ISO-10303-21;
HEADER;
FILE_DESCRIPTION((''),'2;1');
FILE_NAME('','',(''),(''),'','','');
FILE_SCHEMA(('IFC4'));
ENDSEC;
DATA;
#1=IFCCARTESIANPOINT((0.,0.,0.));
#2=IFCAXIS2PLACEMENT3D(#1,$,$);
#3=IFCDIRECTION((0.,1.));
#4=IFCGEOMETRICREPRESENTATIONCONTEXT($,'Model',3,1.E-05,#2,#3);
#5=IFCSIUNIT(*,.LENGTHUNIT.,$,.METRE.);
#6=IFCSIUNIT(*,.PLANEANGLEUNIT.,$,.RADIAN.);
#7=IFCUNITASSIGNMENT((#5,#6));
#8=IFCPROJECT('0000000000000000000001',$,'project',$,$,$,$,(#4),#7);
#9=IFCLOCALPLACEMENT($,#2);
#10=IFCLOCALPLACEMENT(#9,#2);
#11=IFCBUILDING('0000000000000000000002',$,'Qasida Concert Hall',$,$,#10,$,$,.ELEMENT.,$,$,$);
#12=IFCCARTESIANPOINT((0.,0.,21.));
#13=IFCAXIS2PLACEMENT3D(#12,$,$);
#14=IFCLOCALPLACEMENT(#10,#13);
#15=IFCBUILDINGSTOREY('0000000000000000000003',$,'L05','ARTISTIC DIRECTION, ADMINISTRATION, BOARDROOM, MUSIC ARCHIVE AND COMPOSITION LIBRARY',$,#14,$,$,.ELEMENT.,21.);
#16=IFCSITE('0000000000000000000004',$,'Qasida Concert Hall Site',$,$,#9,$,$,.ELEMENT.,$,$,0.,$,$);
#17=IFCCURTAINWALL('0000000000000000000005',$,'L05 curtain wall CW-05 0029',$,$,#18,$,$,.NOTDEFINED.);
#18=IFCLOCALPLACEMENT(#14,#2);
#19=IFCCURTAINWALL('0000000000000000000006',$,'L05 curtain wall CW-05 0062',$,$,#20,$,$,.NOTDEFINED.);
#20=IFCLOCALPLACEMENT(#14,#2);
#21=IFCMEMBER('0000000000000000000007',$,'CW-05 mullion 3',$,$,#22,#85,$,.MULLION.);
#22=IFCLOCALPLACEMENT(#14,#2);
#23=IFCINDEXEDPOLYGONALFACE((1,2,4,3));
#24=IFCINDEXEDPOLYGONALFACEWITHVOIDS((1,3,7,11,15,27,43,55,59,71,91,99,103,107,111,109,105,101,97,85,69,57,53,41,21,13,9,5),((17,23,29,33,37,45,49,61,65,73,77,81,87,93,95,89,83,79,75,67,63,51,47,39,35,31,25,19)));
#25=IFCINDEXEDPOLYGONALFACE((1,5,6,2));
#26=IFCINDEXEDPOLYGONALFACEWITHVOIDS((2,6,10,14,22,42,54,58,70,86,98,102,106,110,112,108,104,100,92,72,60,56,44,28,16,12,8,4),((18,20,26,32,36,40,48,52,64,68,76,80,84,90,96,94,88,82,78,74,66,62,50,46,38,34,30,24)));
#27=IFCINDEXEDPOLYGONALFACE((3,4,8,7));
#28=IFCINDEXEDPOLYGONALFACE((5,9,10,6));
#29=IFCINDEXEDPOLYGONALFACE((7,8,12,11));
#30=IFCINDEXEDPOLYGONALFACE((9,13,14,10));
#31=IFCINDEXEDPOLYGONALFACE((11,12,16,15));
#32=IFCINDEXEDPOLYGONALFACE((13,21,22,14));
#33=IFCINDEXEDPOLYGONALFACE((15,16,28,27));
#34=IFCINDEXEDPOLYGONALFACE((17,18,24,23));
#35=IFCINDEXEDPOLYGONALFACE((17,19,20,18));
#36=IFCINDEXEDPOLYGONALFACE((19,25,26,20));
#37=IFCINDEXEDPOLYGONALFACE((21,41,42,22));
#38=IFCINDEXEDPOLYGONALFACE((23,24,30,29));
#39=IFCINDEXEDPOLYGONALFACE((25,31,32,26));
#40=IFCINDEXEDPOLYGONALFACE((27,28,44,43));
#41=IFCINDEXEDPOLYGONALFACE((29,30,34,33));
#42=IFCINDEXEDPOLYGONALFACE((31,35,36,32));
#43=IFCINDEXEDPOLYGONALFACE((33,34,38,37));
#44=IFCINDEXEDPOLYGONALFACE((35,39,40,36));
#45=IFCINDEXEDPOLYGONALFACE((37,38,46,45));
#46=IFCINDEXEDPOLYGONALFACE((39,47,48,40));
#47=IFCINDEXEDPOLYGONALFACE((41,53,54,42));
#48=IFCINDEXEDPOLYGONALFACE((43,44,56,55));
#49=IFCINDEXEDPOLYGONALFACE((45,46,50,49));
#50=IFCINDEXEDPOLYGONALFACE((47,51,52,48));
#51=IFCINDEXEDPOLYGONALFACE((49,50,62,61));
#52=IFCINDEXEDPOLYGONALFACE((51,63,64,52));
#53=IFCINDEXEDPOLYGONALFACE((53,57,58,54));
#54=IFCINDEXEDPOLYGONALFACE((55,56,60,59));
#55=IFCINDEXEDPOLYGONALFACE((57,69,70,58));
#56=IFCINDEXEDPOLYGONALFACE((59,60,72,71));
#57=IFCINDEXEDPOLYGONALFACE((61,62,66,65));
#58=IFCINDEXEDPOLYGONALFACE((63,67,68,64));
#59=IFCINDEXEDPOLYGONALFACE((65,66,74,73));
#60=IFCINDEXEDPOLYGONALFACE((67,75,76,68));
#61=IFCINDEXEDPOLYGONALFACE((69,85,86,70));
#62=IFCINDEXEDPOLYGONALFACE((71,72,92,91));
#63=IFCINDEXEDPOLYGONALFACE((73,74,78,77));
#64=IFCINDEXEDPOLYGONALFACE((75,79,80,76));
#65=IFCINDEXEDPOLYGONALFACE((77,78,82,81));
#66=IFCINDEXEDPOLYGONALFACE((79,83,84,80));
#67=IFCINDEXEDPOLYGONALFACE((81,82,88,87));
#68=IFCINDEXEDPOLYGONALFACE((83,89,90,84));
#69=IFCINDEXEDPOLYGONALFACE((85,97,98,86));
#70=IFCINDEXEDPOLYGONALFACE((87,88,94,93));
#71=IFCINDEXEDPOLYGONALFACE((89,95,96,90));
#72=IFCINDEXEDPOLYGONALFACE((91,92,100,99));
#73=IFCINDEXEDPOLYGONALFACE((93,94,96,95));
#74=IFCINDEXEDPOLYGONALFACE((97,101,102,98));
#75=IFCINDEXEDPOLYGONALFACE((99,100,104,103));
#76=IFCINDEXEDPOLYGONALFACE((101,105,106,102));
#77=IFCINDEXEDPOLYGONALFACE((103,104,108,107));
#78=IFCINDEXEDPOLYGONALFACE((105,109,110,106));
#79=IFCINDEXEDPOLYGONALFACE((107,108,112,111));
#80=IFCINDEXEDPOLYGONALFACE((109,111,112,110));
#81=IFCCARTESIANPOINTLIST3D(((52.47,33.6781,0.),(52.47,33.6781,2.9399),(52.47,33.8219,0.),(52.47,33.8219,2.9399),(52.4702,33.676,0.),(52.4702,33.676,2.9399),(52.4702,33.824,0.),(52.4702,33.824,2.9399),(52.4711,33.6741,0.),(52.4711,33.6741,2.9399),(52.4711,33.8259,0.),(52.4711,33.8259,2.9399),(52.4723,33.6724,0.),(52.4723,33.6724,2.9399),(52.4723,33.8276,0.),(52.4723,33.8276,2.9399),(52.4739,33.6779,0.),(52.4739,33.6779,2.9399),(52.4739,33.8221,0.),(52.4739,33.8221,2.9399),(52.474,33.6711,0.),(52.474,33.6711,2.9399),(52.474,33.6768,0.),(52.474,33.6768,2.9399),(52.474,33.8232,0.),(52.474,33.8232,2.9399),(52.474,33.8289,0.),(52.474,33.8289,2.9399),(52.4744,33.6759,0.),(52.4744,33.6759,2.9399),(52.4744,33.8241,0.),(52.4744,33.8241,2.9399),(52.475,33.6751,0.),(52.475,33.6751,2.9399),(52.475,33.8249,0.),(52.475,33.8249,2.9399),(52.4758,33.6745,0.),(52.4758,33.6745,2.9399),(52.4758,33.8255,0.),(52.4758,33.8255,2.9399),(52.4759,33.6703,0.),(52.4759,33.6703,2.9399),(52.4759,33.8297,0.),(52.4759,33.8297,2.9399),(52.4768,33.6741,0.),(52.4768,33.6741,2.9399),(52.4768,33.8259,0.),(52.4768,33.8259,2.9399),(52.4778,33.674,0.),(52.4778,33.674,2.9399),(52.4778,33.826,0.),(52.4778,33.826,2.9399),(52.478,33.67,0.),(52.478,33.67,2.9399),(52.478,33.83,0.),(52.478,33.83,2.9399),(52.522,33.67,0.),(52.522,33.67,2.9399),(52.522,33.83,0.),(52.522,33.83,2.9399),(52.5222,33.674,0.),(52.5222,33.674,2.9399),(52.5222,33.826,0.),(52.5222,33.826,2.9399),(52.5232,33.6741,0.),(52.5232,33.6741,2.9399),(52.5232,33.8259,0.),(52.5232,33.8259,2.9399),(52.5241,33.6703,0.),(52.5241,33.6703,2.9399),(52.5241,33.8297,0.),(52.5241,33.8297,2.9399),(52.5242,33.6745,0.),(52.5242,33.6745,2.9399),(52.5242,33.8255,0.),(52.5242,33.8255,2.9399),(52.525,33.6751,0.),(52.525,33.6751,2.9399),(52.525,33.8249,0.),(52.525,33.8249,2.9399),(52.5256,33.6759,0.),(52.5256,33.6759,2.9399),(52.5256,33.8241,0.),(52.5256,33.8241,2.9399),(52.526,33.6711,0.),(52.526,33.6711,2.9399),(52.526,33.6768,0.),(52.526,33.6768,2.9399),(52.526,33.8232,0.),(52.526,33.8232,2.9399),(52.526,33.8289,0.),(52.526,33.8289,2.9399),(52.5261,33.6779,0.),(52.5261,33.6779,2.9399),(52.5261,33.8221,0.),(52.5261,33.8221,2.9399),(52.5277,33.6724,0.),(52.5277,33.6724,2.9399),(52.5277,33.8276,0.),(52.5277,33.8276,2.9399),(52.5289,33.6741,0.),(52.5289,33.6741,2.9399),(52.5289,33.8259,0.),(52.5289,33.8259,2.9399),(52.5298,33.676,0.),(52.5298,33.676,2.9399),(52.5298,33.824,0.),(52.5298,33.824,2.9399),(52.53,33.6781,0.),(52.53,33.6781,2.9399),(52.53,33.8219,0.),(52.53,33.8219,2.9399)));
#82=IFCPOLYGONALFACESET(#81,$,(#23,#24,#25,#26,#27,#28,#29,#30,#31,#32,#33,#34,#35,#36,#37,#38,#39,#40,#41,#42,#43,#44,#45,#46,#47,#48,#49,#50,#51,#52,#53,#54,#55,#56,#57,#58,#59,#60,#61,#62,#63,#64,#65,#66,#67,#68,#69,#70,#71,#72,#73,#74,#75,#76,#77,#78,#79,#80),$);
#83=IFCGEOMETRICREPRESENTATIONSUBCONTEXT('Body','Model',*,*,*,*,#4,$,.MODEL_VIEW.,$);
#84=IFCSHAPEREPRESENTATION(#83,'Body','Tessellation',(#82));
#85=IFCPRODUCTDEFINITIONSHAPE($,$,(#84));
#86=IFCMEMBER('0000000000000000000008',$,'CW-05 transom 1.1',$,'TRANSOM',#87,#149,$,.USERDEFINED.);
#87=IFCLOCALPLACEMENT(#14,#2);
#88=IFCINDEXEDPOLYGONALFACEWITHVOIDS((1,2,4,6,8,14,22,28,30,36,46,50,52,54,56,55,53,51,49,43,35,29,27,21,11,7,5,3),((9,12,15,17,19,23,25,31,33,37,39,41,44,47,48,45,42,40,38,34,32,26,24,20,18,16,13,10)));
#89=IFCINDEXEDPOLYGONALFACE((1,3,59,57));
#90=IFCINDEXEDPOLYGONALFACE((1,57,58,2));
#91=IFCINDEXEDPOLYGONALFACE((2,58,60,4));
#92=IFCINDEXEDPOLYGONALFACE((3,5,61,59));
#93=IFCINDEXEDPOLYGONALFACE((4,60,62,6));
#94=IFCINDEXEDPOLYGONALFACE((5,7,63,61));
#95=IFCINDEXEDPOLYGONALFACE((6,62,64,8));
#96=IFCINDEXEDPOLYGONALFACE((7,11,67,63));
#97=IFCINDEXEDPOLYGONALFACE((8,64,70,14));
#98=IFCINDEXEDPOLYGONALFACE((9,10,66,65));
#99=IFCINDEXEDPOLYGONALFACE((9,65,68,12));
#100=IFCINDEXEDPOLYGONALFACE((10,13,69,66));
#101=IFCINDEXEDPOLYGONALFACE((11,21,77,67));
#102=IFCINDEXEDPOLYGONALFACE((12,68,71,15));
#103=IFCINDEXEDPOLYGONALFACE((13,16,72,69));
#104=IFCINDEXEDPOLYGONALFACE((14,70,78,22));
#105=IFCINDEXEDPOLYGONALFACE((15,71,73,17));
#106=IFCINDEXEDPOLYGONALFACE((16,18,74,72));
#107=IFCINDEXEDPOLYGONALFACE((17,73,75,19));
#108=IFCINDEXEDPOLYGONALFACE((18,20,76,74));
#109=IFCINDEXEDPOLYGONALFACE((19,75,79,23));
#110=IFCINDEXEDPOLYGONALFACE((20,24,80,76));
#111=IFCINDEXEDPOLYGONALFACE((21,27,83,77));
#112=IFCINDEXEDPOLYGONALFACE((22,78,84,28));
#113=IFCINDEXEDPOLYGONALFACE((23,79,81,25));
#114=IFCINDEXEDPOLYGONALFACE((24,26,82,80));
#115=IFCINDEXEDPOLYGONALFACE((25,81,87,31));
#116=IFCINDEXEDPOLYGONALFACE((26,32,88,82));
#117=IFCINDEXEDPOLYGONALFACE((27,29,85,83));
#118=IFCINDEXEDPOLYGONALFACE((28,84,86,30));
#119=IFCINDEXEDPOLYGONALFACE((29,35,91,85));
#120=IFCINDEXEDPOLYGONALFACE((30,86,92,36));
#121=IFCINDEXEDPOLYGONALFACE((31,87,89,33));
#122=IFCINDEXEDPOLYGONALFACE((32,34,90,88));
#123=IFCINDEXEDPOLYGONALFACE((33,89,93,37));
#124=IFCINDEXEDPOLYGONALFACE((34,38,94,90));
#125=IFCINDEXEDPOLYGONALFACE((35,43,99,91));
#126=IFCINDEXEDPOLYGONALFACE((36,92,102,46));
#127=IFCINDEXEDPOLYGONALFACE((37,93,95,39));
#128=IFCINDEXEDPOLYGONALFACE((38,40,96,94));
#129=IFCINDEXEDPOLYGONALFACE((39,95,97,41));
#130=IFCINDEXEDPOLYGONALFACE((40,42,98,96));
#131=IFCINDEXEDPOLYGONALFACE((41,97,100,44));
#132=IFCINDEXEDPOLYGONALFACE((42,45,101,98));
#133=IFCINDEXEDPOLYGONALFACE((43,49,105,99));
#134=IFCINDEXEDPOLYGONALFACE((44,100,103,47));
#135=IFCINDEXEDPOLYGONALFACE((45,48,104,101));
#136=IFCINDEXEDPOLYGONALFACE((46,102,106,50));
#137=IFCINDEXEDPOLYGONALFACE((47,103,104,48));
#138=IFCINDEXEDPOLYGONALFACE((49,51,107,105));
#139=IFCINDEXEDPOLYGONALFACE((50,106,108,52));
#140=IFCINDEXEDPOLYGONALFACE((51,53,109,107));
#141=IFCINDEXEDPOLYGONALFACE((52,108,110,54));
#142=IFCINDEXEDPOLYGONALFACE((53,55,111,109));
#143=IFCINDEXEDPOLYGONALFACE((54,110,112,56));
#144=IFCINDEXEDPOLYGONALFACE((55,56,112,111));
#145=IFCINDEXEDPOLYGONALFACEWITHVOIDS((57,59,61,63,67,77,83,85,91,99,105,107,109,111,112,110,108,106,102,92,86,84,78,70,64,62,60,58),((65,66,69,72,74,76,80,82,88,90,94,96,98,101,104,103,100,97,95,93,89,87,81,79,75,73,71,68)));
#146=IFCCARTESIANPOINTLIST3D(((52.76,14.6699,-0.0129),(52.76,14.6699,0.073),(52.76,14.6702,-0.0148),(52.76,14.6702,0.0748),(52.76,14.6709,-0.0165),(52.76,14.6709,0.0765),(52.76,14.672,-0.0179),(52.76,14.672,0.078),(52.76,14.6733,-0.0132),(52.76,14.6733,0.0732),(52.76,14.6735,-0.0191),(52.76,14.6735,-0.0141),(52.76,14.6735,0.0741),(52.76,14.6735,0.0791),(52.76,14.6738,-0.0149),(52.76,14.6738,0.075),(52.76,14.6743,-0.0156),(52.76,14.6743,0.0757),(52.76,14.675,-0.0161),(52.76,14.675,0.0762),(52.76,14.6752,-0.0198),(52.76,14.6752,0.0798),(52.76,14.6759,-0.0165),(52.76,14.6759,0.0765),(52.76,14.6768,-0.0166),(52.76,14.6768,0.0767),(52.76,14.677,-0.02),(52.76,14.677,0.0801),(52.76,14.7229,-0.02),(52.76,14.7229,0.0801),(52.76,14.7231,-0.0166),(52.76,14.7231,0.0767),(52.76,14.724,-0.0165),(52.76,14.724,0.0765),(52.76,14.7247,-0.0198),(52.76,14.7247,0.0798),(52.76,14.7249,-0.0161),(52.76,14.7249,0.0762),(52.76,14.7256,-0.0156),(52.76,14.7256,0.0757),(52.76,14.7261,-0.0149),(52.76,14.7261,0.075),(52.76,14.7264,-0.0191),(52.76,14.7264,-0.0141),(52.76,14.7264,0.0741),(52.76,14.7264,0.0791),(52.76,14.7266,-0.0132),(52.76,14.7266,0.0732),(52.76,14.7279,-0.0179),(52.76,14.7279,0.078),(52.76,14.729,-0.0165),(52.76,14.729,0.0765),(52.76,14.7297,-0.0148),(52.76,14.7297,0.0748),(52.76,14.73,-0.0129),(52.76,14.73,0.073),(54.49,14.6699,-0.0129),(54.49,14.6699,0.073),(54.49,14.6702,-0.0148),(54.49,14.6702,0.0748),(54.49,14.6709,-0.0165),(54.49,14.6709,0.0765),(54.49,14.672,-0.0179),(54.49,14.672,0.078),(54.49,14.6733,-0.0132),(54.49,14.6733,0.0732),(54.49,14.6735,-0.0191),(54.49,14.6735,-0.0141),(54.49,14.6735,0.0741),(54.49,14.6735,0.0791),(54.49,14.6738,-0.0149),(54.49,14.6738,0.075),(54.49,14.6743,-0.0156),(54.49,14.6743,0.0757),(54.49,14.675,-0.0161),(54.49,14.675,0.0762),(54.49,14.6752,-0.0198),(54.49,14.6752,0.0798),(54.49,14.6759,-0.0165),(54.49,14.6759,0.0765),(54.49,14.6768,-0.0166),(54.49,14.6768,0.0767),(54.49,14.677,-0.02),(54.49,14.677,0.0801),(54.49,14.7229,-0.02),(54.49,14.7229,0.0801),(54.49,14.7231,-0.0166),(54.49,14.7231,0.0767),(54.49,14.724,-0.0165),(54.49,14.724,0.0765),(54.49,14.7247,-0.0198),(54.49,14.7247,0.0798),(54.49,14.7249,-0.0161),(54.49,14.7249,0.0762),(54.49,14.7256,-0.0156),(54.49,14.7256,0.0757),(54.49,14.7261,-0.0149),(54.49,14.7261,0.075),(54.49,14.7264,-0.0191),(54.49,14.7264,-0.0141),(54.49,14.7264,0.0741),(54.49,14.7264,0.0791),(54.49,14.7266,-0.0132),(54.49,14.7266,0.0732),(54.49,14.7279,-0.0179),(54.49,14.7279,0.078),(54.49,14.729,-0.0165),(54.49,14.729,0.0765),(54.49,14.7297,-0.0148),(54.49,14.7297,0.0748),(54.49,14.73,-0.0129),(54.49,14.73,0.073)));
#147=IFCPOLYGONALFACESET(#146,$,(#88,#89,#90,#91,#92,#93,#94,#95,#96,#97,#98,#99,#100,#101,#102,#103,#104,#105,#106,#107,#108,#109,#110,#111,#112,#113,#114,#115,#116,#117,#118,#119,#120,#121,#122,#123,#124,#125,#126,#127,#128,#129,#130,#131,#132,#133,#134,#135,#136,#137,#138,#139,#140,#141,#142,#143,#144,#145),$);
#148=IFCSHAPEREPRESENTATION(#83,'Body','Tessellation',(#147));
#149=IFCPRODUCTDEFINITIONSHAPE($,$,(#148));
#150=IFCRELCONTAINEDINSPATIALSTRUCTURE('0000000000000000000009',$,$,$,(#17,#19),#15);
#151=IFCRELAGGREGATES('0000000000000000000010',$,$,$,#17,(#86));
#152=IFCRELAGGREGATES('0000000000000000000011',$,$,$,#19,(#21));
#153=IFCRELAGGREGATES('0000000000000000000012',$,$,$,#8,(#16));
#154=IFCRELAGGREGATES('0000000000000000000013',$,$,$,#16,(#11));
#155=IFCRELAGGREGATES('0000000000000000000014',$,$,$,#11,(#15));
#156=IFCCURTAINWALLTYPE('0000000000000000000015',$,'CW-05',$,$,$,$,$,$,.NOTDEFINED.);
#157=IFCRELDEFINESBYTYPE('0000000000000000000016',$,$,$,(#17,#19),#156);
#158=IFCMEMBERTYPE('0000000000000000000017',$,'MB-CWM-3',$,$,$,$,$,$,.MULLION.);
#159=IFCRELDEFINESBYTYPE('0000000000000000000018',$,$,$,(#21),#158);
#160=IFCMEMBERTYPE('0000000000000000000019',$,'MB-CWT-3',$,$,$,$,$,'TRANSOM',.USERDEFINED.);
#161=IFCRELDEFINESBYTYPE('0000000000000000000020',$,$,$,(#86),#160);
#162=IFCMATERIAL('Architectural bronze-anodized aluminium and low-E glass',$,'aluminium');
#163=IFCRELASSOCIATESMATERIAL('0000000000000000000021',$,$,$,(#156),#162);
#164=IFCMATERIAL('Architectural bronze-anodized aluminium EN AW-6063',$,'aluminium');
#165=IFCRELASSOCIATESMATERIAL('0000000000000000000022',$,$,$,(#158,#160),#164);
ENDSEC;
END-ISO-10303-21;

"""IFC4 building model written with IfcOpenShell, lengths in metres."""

from ifc_helpers import new_model, si_unit, direction, frame, origin, origin_2d, place, context, subcontext, project, spatial, hollow_rectangle, extrude, material, material_profile, profile_set, type_object, element, aggregate, save


model = new_model("IFC4")

# Units and contexts
model_context = context("Model", 3, precision=1e-05, world=origin(), true_north=direction((0.0, 1.0)))
body_context = subcontext(model_context, "Body", "Model", "MODEL_VIEW")
ifc_project = project(units=[si_unit("LENGTHUNIT", "METRE"), si_unit("PLANEANGLEUNIT", "RADIAN")], contexts=[model_context])

# Site, building, storey
site_placement = place(None, origin())
site = spatial("IfcSite", under=ifc_project, at=site_placement, Name="Qasida Concert Hall Site", CompositionType="ELEMENT", RefElevation=0.0)
building_placement = place(site_placement, origin())
building = spatial("IfcBuilding", under=site, at=building_placement, Name="Qasida Concert Hall", CompositionType="ELEMENT")
storey_placement = place(building_placement, frame((0.0, 0.0, 21.0)))
storey = spatial("IfcBuildingStorey", under=building, at=storey_placement, Name="L05", Description="ARTISTIC DIRECTION, ADMINISTRATION, BOARDROOM, MUSIC ARCHIVE AND COMPOSITION LIBRARY", CompositionType="ELEMENT", Elevation=21.0)

# Curtain wall
ifc_material_1 = material(Name="Architectural bronze-anodized aluminium and low-E glass", Category="aluminium")
curtain_wall_type = type_object("IfcCurtainWallType", Name="CW-05", PredefinedType="NOTDEFINED", material=ifc_material_1)
curtain_wall_1_placement = place(storey_placement, origin())
curtain_wall_1 = element("IfcCurtainWall", 1, at=curtain_wall_1_placement, inside=storey, type_object=curtain_wall_type, Name="L05 curtain wall CW-05 0029", PredefinedType="NOTDEFINED")
ifc_material_2 = material(Name="Architectural bronze-anodized aluminium EN AW-6063", Category="aluminium")
ifc_material_profile_1 = material_profile(ifc_material_2, hollow_rectangle(XDim=0.0601, YDim=0.1599, WallThickness=0.0039, InnerFilletRadius=0.0039, OuterFilletRadius=0.0081, at=origin_2d()), Name="CWM 160x60x4")
ifc_profile_set_1 = profile_set([ifc_material_profile_1], Name="Architectural bronze-anodized aluminium EN AW-6063")
member_type_1 = type_object("IfcMemberType", Name="MB-CWM-3", PredefinedType="MULLION", material=ifc_profile_set_1)

# Curtain wall, member
curtain_wall_2_placement = place(storey_placement, origin())
curtain_wall_2 = element("IfcCurtainWall", 2, at=curtain_wall_2_placement, inside=storey, type_object=curtain_wall_type, Name="L05 curtain wall CW-05 0062", PredefinedType="NOTDEFINED")
member_1_placement = place(storey_placement, frame((52.5, 33.75, 0.0), z_axis=(0.0, 0.0, 1.0), x_axis=(-1.0, 0.0, 0.0)))
member_1 = element("IfcMember", 3, at=member_1_placement, type_object=member_type_1, Name="CW-05 mullion 3", PredefinedType="MULLION", context=body_context, shape_type="SweptSolid", body=[
    extrude(hollow_rectangle(XDim=0.0601, YDim=0.1599, WallThickness=0.0039, InnerFilletRadius=0.0039, OuterFilletRadius=0.0081, at=origin_2d()), origin(), (0.0, 0.0, 1.0), 2.9399),
])

# Member
ifc_material_profile_2 = material_profile(ifc_material_2, hollow_rectangle(XDim=0.0601, YDim=0.1001, WallThickness=0.0034, InnerFilletRadius=0.0034, OuterFilletRadius=0.0071, at=origin_2d()), Name="CWT 100x60x3.5")
ifc_profile_set_2 = profile_set([ifc_material_profile_2], Name="Architectural bronze-anodized aluminium EN AW-6063")
member_type_2 = type_object("IfcMemberType", Name="MB-CWT-3", ElementType="TRANSOM", PredefinedType="USERDEFINED", material=ifc_profile_set_2)
member_2_placement = place(storey_placement, frame((52.76, 14.7, 0.03), z_axis=(1.0, 0.0, 0.0), x_axis=(0.0, 1.0, 0.0)))
member_2 = element("IfcMember", 4, at=member_2_placement, type_object=member_type_2, Name="CW-05 transom 1.1", ObjectType="TRANSOM", PredefinedType="USERDEFINED", context=body_context, shape_type="SweptSolid", body=[
    extrude(hollow_rectangle(XDim=0.0601, YDim=0.1001, WallThickness=0.0034, InnerFilletRadius=0.0034, OuterFilletRadius=0.0071, at=origin_2d()), origin(), (0.0, 0.0, 1.0), 1.73),
])
aggregate(curtain_wall_1, [member_2])

aggregate(curtain_wall_2, [member_1])

save(model, "model.ifc")
